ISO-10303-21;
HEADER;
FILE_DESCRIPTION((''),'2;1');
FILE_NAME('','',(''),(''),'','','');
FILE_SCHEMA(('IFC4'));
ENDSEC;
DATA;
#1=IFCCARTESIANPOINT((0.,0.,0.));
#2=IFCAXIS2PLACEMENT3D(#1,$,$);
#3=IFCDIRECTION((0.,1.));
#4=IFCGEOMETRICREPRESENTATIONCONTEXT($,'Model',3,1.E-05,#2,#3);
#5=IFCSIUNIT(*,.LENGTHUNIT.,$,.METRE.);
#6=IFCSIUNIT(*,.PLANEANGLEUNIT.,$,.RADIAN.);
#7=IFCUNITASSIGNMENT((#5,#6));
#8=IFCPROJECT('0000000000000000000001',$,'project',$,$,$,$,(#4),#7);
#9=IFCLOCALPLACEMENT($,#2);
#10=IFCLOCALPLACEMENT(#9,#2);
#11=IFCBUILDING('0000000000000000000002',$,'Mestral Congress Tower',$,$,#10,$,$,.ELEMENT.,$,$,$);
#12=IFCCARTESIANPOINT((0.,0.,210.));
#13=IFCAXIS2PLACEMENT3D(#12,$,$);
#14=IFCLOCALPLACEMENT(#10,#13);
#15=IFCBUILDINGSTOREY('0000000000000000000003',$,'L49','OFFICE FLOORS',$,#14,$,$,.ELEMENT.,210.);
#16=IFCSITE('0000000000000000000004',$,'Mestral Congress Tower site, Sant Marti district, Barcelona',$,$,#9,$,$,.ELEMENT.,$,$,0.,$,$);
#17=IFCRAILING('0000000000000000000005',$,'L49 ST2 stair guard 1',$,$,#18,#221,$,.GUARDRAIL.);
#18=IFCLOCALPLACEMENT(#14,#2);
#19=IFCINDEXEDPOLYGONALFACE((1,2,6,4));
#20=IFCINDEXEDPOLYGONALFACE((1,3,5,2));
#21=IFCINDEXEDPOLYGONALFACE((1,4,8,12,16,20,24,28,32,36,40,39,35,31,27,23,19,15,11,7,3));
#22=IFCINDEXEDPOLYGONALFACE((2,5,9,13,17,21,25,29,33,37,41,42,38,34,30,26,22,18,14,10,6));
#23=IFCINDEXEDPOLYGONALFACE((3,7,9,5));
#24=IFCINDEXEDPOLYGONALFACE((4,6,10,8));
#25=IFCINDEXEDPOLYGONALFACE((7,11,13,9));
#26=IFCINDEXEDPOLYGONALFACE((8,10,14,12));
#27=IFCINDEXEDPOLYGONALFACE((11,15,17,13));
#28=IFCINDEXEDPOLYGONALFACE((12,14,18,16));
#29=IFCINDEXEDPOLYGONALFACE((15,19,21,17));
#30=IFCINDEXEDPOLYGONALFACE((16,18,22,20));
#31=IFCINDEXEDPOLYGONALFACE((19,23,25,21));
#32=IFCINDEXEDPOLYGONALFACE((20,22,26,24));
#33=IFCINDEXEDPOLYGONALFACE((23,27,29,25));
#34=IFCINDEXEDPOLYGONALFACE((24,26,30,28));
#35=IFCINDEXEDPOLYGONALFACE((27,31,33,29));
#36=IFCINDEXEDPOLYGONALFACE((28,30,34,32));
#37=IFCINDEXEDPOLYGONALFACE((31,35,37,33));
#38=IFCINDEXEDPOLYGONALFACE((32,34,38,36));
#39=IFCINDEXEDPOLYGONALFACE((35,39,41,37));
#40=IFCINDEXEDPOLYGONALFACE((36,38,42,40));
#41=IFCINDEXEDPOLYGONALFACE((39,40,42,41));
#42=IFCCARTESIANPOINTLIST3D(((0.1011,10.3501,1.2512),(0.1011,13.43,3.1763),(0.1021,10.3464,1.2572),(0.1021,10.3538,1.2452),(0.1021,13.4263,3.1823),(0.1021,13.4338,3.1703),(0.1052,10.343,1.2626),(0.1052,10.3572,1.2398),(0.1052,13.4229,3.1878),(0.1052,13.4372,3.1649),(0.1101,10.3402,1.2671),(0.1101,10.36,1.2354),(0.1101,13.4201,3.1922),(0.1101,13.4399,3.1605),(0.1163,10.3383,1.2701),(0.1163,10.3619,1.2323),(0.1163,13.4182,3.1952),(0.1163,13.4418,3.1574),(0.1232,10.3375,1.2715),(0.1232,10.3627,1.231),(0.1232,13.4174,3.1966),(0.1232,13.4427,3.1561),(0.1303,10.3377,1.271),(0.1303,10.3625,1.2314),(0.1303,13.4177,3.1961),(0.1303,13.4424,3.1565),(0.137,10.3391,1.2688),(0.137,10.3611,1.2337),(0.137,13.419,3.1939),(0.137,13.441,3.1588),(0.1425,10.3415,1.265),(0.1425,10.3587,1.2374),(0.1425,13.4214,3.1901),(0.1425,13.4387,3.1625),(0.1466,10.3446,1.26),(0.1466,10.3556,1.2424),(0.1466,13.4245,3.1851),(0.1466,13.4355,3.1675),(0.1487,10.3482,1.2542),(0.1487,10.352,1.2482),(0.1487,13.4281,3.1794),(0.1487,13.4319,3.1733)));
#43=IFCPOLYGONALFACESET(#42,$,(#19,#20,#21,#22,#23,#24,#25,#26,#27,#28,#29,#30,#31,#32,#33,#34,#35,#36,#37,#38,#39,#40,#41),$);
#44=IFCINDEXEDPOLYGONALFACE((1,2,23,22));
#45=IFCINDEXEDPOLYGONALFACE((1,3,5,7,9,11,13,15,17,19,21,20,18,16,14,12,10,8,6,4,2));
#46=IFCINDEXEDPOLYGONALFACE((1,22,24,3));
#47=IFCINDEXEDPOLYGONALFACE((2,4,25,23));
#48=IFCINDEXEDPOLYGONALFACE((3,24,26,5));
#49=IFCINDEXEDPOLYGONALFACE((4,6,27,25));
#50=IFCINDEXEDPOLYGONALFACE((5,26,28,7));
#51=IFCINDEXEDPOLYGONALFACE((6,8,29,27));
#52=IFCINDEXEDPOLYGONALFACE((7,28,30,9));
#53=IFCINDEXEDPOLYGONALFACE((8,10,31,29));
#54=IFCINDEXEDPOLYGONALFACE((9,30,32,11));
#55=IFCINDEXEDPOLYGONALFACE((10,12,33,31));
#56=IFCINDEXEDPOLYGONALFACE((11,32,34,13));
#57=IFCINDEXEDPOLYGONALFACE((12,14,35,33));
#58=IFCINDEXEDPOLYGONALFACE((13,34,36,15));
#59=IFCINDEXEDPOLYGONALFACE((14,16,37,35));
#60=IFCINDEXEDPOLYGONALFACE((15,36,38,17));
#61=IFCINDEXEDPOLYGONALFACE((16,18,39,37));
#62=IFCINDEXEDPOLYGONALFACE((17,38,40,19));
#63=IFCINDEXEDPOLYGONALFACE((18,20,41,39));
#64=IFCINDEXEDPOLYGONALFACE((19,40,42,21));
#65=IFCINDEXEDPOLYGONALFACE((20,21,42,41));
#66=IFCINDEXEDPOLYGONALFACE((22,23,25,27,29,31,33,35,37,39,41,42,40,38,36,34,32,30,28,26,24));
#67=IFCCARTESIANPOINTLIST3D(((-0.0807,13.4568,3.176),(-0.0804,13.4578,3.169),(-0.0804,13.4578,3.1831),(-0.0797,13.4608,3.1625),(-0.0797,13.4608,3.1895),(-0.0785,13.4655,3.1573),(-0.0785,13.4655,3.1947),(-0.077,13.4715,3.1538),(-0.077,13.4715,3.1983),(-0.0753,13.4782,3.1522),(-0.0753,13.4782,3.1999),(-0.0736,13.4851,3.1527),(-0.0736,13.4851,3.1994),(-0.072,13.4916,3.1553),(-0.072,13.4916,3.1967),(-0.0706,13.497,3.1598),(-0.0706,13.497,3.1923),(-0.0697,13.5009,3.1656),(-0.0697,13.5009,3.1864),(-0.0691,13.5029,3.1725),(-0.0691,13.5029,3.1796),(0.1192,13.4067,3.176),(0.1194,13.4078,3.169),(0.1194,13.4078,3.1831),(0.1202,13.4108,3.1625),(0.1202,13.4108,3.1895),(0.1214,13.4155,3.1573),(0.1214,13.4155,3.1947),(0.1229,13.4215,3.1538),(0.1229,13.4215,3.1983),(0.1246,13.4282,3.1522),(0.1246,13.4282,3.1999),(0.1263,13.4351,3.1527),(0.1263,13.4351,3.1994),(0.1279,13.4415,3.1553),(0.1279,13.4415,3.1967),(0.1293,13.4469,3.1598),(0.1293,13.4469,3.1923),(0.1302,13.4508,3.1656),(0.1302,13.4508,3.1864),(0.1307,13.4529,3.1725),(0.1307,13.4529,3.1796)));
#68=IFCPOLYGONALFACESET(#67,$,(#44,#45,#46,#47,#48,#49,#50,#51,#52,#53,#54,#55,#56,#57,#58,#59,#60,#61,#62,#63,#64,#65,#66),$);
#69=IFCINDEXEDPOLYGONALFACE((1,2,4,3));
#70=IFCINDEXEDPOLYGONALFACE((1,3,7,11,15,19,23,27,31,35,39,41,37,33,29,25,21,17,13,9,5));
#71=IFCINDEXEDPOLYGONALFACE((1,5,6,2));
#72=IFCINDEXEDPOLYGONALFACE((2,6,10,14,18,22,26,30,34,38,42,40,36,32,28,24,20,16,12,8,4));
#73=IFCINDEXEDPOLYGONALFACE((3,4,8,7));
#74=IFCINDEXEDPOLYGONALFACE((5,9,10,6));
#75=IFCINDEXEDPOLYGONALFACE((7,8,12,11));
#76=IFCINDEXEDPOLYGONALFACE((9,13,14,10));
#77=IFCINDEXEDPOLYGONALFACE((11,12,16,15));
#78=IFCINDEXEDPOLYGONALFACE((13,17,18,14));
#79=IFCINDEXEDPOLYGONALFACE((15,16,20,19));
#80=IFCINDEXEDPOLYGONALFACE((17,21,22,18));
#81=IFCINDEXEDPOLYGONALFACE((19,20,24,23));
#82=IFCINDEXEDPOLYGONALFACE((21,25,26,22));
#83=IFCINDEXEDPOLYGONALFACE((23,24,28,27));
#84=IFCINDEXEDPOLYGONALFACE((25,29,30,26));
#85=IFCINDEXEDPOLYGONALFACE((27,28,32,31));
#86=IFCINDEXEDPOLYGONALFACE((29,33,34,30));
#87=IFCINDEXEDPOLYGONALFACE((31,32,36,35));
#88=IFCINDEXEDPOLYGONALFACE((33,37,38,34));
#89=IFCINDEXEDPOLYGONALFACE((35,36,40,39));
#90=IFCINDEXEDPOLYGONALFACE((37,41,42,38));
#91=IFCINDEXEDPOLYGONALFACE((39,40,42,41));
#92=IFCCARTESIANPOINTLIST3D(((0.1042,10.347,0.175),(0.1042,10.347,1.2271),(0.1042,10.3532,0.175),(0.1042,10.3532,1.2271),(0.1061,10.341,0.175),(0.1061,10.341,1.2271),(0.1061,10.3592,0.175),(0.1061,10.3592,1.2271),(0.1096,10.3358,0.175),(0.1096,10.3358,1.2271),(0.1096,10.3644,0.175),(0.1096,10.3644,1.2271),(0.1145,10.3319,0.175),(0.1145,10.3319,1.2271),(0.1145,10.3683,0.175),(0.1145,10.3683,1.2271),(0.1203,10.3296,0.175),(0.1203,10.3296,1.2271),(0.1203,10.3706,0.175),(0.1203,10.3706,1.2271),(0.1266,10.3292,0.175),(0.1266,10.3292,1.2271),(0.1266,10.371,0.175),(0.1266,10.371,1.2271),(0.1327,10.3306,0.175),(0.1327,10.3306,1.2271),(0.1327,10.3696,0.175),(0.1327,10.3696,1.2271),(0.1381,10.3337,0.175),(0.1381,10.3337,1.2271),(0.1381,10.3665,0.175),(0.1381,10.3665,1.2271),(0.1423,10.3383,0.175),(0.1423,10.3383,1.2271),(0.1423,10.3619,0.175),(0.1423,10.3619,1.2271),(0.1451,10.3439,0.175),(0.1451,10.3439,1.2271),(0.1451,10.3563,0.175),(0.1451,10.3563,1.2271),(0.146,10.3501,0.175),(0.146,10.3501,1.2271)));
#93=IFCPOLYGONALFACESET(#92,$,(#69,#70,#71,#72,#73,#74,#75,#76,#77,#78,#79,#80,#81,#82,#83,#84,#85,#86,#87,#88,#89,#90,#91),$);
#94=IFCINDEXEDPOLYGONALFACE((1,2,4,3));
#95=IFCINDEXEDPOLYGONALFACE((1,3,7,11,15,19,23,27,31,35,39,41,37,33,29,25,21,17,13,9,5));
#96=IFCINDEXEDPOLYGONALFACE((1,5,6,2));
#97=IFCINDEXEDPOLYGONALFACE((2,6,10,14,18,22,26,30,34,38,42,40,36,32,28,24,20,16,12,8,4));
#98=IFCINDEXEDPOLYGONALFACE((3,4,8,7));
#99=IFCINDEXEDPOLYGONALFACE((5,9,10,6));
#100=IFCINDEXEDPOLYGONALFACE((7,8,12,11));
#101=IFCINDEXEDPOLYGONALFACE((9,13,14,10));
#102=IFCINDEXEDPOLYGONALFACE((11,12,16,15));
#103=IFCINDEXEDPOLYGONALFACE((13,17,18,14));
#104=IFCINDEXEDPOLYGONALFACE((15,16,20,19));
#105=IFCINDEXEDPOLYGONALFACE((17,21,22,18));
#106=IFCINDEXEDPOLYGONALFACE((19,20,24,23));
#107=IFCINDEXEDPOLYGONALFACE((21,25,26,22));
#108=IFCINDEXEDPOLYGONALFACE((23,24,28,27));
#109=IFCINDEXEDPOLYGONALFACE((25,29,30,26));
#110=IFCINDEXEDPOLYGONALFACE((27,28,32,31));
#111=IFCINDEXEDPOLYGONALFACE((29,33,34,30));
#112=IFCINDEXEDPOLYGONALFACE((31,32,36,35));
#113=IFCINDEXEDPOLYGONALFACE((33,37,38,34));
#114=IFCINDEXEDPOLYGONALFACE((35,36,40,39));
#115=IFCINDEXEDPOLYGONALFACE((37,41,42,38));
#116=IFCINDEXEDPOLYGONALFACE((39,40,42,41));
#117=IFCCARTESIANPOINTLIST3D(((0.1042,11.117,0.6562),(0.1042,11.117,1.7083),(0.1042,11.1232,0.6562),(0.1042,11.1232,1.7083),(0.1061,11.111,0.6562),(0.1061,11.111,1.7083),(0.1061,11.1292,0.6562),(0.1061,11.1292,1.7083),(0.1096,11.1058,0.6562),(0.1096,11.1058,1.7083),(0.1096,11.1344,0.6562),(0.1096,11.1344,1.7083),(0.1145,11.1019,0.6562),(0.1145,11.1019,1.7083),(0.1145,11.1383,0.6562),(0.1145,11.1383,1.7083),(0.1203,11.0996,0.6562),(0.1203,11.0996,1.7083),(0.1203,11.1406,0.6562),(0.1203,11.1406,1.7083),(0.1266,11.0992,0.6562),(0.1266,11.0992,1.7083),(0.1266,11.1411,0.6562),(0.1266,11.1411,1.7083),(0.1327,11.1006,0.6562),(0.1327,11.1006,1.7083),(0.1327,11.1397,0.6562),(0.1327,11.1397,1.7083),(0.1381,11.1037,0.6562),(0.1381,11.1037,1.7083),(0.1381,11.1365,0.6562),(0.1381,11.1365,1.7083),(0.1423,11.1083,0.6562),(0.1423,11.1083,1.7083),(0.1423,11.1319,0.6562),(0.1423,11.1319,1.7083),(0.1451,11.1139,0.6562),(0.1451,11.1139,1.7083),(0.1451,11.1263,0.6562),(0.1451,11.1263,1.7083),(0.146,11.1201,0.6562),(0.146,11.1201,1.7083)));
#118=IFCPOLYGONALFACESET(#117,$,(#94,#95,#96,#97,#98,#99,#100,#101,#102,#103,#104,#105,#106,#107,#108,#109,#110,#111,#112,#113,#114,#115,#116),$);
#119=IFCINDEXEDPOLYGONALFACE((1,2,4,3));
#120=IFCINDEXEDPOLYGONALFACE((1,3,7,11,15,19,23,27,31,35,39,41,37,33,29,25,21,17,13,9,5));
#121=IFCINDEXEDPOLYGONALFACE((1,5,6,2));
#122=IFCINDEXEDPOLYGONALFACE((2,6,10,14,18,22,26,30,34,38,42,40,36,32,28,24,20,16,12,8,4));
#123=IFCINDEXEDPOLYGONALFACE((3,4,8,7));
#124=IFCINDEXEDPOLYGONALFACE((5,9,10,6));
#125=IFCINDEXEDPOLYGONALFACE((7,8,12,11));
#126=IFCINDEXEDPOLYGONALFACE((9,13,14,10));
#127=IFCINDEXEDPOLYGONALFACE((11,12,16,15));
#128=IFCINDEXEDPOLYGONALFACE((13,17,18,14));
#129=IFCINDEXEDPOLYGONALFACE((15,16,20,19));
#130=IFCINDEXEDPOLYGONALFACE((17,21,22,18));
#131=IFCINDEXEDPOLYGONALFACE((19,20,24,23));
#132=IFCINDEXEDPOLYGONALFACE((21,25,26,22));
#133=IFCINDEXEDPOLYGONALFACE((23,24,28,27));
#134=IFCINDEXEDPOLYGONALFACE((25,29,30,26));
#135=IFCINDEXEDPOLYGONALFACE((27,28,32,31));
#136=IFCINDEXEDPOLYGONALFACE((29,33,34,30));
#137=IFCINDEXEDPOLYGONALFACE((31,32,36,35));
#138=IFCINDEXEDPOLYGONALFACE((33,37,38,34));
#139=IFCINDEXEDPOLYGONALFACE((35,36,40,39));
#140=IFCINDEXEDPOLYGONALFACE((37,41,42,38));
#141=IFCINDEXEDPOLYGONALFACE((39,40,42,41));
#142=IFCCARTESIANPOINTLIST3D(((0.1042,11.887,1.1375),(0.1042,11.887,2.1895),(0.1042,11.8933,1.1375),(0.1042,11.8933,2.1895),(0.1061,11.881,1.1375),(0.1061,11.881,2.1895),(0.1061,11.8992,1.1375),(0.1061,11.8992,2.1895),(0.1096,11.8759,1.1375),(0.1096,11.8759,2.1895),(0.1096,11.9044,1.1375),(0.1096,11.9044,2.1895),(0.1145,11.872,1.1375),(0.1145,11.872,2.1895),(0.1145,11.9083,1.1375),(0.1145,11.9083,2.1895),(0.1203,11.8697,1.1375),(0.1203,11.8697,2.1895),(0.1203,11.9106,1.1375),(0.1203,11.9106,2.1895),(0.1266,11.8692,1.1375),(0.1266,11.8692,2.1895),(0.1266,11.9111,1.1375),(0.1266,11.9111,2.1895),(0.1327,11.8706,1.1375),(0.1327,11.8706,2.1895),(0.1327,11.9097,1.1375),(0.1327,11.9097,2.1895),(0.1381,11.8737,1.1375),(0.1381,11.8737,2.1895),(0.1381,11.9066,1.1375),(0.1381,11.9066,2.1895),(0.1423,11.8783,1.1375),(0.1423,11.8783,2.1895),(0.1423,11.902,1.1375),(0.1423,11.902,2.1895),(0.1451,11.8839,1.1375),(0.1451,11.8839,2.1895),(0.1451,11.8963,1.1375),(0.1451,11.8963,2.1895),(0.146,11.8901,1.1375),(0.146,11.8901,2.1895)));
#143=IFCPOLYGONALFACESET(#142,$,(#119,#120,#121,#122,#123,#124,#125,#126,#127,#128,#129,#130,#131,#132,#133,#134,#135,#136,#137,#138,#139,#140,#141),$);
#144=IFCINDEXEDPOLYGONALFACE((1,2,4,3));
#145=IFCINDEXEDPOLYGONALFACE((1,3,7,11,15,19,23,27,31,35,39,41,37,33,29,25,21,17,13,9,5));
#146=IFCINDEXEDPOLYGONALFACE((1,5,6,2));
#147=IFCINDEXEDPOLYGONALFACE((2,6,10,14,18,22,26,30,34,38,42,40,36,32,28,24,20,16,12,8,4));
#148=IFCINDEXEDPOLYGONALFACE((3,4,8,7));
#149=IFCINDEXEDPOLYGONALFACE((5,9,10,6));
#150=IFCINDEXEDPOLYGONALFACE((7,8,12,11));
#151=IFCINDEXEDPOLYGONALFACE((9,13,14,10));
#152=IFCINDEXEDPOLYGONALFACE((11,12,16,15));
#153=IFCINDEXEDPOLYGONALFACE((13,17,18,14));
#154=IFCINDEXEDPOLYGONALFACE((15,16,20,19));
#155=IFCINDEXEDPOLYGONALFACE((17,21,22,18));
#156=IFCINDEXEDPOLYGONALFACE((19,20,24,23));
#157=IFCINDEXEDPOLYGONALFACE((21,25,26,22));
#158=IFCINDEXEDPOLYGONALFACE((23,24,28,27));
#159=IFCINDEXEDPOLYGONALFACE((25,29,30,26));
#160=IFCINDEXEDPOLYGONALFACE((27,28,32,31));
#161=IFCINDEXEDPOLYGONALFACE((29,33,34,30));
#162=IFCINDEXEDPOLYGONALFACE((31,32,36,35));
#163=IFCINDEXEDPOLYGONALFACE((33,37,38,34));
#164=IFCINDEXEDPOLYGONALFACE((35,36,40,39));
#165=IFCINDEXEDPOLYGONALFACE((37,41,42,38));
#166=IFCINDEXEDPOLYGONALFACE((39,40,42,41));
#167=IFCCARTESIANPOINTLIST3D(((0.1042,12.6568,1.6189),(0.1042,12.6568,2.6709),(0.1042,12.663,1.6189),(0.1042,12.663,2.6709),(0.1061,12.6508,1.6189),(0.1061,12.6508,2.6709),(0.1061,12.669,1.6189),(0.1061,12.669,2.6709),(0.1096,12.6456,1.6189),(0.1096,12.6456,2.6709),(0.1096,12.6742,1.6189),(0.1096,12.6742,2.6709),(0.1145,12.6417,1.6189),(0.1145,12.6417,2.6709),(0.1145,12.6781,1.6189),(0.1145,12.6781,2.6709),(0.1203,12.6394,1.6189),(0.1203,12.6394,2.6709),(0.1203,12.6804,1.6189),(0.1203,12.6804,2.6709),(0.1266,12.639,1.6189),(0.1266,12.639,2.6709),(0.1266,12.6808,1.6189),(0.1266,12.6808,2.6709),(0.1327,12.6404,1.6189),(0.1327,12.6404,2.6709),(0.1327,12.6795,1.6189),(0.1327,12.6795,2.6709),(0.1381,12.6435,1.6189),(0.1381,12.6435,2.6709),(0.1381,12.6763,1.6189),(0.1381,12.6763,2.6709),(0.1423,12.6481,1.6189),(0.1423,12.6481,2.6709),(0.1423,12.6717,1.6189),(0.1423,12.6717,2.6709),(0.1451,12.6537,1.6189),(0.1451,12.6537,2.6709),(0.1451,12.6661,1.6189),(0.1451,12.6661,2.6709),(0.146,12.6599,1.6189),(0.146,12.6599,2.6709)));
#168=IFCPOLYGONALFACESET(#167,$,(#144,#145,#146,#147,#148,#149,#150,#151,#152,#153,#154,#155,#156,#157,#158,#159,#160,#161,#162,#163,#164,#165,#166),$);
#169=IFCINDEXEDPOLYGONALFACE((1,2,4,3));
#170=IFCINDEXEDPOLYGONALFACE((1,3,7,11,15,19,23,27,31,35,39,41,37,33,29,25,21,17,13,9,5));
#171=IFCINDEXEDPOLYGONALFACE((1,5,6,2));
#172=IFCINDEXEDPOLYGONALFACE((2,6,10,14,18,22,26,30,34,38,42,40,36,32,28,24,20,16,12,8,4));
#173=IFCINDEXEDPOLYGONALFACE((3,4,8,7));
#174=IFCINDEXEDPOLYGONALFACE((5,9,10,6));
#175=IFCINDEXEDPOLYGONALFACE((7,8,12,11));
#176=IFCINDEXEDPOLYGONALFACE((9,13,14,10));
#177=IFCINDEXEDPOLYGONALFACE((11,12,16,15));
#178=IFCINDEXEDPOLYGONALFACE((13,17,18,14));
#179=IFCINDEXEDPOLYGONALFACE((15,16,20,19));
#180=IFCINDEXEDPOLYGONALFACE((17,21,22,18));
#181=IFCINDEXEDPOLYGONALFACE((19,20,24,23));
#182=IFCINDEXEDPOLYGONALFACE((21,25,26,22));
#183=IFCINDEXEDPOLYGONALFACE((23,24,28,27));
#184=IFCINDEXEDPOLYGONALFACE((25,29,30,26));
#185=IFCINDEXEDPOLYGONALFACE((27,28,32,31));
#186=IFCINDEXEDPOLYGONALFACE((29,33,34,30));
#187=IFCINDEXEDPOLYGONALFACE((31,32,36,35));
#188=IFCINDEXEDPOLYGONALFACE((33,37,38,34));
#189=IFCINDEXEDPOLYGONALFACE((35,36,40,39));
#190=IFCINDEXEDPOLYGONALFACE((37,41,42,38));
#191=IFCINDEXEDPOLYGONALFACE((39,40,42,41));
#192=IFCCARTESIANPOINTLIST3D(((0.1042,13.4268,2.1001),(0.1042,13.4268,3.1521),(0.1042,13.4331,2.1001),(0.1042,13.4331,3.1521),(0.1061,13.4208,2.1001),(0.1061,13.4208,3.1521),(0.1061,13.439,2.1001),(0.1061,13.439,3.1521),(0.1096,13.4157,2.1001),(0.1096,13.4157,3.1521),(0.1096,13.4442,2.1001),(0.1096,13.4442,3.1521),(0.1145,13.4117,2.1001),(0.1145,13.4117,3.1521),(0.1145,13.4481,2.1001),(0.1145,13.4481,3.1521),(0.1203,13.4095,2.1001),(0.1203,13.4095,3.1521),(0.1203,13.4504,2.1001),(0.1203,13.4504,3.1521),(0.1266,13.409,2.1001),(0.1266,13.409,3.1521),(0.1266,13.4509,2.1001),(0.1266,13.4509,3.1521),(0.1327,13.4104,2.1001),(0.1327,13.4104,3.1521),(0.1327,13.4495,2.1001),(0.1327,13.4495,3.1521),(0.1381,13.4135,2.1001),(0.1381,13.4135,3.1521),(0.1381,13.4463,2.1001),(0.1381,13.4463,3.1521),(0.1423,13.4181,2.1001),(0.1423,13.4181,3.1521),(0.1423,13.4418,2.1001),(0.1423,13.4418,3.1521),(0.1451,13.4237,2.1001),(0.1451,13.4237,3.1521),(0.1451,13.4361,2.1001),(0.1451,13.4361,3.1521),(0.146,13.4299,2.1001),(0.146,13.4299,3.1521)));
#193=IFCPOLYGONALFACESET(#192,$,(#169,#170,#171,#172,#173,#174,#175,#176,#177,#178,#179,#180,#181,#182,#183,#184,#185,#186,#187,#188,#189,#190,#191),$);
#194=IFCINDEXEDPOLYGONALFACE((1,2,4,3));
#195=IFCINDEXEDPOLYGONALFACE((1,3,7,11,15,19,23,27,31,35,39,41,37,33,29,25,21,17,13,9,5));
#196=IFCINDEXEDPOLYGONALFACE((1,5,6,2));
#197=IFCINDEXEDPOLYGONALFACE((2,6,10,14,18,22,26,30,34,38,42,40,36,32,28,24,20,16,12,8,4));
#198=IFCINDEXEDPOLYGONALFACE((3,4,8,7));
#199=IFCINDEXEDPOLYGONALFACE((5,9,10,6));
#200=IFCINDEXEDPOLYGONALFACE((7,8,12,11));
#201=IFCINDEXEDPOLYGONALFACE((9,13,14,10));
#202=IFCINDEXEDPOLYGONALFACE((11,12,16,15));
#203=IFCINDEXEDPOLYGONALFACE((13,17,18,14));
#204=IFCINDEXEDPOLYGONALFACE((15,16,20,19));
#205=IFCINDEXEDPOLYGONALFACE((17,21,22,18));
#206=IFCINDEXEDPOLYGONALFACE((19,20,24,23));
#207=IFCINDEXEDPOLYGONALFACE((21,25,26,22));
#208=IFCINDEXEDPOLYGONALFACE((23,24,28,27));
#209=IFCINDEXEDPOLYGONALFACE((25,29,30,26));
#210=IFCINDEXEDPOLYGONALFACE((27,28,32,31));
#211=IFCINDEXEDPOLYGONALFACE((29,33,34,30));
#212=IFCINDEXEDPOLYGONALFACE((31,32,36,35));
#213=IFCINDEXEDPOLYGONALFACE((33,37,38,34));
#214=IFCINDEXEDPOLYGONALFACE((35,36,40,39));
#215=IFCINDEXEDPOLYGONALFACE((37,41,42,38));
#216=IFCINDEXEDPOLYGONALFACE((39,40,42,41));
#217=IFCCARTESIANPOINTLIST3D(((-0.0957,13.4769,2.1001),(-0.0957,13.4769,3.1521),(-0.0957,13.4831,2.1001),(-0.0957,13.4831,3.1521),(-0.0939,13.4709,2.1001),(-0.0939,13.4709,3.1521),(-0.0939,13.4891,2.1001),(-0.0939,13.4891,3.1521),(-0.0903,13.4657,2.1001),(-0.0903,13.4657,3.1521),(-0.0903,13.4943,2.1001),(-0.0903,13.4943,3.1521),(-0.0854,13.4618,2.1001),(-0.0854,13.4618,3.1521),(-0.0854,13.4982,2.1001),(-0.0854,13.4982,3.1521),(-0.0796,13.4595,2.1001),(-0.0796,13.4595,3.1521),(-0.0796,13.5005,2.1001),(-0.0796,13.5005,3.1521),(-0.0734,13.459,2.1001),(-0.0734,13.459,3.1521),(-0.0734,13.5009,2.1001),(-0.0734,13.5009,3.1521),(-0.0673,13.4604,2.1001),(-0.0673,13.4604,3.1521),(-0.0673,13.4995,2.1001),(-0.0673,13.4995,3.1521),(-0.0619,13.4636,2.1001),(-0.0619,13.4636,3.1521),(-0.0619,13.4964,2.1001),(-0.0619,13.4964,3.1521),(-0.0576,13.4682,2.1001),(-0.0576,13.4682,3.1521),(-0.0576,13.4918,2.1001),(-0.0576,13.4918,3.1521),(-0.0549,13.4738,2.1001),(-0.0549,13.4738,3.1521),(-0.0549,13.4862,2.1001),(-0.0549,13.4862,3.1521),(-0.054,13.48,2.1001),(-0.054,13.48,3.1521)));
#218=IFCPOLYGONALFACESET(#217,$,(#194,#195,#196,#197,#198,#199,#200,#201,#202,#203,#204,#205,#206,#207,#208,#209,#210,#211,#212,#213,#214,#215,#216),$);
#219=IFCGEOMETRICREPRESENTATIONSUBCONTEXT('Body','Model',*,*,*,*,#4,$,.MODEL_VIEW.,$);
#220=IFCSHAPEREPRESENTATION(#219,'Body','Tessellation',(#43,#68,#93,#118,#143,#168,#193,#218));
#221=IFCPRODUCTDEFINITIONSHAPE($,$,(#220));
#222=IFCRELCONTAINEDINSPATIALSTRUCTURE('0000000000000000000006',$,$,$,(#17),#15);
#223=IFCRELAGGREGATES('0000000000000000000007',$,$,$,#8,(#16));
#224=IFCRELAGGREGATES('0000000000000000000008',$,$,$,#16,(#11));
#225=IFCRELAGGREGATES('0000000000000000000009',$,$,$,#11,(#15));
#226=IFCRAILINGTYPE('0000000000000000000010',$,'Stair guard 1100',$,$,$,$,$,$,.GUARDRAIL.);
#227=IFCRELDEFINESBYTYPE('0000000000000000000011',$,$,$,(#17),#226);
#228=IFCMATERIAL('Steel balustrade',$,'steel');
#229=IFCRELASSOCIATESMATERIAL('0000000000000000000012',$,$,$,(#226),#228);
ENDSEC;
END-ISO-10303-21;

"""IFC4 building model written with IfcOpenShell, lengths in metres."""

from ifc_helpers import new_model, si_unit, direction, frame, origin, origin_2d, place, context, subcontext, project, spatial, circle, extrude, material, type_object, element, save


model = new_model("IFC4")

# Units and contexts
model_context = context("Model", 3, precision=1e-05, world=origin(), true_north=direction((0.0, 1.0)))
body_context = subcontext(model_context, "Body", "Model", "MODEL_VIEW")
ifc_project = project(units=[si_unit("LENGTHUNIT", "METRE"), si_unit("PLANEANGLEUNIT", "RADIAN")], contexts=[model_context])

# Site, building, storey
site_placement = place(None, origin())
site = spatial("IfcSite", under=ifc_project, at=site_placement, Name="Mestral Congress Tower site, Sant Marti district, Barcelona", CompositionType="ELEMENT", RefElevation=0.0)
building_placement = place(site_placement, origin())
building = spatial("IfcBuilding", under=site, at=building_placement, Name="Mestral Congress Tower", CompositionType="ELEMENT")
storey_placement = place(building_placement, frame((0.0, 0.0, 210.0)))
storey = spatial("IfcBuildingStorey", under=building, at=storey_placement, Name="L49", Description="OFFICE FLOORS", CompositionType="ELEMENT", Elevation=210.0)

# Railing
ifc_material_1 = material(Name="Steel balustrade", Category="steel")
railing_type_1 = type_object("IfcRailingType", Name="Stair guard 1100", PredefinedType="GUARDRAIL", material=ifc_material_1)
railing_1_placement = place(storey_placement, frame((0.125, 10.3501, 0.175)))
element("IfcRailing", 1, at=railing_1_placement, inside=storey, type_object=railing_type_1, Name="L49 ST2 stair guard 1", PredefinedType="GUARDRAIL", context=body_context, shape_type="SweptSolid", body=[
    extrude(circle(Radius=0.0239, at=origin_2d()), frame((0.0, 0.0, 1.0762), z_axis=(0.0, 0.847979, 0.530029), x_axis=(-1.0, 0.0, 0.0)), (0.0, 0.0, 1.0), 3.6321),
    extrude(circle(Radius=0.0239, at=origin_2d()), frame((0.0, 3.0798, 3.001), z_axis=(-0.970073, 0.242814, 0.0), x_axis=(-0.242814, -0.970073, 0.0)), (0.0, 0.0, 1.0), 0.2061),
    extrude(circle(Radius=0.021, at=origin_2d()), origin(), (0.0, 0.0, 1.0), 1.052),
    extrude(circle(Radius=0.021, at=origin_2d()), frame((0.0, 0.77, 0.4812)), (0.0, 0.0, 1.0), 1.052),
    extrude(circle(Radius=0.021, at=origin_2d()), frame((0.0, 1.54, 0.9624)), (0.0, 0.0, 1.0), 1.052),
    extrude(circle(Radius=0.021, at=origin_2d()), frame((0.0, 2.3098, 1.4438)), (0.0, 0.0, 1.0), 1.052),
    extrude(circle(Radius=0.021, at=origin_2d()), frame((0.0, 3.0798, 1.925)), (0.0, 0.0, 1.0), 1.052),
    extrude(circle(Radius=0.021, at=origin_2d()), frame((-0.2, 3.1299, 1.925)), (0.0, 0.0, 1.0), 1.052),
])

save(model, "model.ifc")
